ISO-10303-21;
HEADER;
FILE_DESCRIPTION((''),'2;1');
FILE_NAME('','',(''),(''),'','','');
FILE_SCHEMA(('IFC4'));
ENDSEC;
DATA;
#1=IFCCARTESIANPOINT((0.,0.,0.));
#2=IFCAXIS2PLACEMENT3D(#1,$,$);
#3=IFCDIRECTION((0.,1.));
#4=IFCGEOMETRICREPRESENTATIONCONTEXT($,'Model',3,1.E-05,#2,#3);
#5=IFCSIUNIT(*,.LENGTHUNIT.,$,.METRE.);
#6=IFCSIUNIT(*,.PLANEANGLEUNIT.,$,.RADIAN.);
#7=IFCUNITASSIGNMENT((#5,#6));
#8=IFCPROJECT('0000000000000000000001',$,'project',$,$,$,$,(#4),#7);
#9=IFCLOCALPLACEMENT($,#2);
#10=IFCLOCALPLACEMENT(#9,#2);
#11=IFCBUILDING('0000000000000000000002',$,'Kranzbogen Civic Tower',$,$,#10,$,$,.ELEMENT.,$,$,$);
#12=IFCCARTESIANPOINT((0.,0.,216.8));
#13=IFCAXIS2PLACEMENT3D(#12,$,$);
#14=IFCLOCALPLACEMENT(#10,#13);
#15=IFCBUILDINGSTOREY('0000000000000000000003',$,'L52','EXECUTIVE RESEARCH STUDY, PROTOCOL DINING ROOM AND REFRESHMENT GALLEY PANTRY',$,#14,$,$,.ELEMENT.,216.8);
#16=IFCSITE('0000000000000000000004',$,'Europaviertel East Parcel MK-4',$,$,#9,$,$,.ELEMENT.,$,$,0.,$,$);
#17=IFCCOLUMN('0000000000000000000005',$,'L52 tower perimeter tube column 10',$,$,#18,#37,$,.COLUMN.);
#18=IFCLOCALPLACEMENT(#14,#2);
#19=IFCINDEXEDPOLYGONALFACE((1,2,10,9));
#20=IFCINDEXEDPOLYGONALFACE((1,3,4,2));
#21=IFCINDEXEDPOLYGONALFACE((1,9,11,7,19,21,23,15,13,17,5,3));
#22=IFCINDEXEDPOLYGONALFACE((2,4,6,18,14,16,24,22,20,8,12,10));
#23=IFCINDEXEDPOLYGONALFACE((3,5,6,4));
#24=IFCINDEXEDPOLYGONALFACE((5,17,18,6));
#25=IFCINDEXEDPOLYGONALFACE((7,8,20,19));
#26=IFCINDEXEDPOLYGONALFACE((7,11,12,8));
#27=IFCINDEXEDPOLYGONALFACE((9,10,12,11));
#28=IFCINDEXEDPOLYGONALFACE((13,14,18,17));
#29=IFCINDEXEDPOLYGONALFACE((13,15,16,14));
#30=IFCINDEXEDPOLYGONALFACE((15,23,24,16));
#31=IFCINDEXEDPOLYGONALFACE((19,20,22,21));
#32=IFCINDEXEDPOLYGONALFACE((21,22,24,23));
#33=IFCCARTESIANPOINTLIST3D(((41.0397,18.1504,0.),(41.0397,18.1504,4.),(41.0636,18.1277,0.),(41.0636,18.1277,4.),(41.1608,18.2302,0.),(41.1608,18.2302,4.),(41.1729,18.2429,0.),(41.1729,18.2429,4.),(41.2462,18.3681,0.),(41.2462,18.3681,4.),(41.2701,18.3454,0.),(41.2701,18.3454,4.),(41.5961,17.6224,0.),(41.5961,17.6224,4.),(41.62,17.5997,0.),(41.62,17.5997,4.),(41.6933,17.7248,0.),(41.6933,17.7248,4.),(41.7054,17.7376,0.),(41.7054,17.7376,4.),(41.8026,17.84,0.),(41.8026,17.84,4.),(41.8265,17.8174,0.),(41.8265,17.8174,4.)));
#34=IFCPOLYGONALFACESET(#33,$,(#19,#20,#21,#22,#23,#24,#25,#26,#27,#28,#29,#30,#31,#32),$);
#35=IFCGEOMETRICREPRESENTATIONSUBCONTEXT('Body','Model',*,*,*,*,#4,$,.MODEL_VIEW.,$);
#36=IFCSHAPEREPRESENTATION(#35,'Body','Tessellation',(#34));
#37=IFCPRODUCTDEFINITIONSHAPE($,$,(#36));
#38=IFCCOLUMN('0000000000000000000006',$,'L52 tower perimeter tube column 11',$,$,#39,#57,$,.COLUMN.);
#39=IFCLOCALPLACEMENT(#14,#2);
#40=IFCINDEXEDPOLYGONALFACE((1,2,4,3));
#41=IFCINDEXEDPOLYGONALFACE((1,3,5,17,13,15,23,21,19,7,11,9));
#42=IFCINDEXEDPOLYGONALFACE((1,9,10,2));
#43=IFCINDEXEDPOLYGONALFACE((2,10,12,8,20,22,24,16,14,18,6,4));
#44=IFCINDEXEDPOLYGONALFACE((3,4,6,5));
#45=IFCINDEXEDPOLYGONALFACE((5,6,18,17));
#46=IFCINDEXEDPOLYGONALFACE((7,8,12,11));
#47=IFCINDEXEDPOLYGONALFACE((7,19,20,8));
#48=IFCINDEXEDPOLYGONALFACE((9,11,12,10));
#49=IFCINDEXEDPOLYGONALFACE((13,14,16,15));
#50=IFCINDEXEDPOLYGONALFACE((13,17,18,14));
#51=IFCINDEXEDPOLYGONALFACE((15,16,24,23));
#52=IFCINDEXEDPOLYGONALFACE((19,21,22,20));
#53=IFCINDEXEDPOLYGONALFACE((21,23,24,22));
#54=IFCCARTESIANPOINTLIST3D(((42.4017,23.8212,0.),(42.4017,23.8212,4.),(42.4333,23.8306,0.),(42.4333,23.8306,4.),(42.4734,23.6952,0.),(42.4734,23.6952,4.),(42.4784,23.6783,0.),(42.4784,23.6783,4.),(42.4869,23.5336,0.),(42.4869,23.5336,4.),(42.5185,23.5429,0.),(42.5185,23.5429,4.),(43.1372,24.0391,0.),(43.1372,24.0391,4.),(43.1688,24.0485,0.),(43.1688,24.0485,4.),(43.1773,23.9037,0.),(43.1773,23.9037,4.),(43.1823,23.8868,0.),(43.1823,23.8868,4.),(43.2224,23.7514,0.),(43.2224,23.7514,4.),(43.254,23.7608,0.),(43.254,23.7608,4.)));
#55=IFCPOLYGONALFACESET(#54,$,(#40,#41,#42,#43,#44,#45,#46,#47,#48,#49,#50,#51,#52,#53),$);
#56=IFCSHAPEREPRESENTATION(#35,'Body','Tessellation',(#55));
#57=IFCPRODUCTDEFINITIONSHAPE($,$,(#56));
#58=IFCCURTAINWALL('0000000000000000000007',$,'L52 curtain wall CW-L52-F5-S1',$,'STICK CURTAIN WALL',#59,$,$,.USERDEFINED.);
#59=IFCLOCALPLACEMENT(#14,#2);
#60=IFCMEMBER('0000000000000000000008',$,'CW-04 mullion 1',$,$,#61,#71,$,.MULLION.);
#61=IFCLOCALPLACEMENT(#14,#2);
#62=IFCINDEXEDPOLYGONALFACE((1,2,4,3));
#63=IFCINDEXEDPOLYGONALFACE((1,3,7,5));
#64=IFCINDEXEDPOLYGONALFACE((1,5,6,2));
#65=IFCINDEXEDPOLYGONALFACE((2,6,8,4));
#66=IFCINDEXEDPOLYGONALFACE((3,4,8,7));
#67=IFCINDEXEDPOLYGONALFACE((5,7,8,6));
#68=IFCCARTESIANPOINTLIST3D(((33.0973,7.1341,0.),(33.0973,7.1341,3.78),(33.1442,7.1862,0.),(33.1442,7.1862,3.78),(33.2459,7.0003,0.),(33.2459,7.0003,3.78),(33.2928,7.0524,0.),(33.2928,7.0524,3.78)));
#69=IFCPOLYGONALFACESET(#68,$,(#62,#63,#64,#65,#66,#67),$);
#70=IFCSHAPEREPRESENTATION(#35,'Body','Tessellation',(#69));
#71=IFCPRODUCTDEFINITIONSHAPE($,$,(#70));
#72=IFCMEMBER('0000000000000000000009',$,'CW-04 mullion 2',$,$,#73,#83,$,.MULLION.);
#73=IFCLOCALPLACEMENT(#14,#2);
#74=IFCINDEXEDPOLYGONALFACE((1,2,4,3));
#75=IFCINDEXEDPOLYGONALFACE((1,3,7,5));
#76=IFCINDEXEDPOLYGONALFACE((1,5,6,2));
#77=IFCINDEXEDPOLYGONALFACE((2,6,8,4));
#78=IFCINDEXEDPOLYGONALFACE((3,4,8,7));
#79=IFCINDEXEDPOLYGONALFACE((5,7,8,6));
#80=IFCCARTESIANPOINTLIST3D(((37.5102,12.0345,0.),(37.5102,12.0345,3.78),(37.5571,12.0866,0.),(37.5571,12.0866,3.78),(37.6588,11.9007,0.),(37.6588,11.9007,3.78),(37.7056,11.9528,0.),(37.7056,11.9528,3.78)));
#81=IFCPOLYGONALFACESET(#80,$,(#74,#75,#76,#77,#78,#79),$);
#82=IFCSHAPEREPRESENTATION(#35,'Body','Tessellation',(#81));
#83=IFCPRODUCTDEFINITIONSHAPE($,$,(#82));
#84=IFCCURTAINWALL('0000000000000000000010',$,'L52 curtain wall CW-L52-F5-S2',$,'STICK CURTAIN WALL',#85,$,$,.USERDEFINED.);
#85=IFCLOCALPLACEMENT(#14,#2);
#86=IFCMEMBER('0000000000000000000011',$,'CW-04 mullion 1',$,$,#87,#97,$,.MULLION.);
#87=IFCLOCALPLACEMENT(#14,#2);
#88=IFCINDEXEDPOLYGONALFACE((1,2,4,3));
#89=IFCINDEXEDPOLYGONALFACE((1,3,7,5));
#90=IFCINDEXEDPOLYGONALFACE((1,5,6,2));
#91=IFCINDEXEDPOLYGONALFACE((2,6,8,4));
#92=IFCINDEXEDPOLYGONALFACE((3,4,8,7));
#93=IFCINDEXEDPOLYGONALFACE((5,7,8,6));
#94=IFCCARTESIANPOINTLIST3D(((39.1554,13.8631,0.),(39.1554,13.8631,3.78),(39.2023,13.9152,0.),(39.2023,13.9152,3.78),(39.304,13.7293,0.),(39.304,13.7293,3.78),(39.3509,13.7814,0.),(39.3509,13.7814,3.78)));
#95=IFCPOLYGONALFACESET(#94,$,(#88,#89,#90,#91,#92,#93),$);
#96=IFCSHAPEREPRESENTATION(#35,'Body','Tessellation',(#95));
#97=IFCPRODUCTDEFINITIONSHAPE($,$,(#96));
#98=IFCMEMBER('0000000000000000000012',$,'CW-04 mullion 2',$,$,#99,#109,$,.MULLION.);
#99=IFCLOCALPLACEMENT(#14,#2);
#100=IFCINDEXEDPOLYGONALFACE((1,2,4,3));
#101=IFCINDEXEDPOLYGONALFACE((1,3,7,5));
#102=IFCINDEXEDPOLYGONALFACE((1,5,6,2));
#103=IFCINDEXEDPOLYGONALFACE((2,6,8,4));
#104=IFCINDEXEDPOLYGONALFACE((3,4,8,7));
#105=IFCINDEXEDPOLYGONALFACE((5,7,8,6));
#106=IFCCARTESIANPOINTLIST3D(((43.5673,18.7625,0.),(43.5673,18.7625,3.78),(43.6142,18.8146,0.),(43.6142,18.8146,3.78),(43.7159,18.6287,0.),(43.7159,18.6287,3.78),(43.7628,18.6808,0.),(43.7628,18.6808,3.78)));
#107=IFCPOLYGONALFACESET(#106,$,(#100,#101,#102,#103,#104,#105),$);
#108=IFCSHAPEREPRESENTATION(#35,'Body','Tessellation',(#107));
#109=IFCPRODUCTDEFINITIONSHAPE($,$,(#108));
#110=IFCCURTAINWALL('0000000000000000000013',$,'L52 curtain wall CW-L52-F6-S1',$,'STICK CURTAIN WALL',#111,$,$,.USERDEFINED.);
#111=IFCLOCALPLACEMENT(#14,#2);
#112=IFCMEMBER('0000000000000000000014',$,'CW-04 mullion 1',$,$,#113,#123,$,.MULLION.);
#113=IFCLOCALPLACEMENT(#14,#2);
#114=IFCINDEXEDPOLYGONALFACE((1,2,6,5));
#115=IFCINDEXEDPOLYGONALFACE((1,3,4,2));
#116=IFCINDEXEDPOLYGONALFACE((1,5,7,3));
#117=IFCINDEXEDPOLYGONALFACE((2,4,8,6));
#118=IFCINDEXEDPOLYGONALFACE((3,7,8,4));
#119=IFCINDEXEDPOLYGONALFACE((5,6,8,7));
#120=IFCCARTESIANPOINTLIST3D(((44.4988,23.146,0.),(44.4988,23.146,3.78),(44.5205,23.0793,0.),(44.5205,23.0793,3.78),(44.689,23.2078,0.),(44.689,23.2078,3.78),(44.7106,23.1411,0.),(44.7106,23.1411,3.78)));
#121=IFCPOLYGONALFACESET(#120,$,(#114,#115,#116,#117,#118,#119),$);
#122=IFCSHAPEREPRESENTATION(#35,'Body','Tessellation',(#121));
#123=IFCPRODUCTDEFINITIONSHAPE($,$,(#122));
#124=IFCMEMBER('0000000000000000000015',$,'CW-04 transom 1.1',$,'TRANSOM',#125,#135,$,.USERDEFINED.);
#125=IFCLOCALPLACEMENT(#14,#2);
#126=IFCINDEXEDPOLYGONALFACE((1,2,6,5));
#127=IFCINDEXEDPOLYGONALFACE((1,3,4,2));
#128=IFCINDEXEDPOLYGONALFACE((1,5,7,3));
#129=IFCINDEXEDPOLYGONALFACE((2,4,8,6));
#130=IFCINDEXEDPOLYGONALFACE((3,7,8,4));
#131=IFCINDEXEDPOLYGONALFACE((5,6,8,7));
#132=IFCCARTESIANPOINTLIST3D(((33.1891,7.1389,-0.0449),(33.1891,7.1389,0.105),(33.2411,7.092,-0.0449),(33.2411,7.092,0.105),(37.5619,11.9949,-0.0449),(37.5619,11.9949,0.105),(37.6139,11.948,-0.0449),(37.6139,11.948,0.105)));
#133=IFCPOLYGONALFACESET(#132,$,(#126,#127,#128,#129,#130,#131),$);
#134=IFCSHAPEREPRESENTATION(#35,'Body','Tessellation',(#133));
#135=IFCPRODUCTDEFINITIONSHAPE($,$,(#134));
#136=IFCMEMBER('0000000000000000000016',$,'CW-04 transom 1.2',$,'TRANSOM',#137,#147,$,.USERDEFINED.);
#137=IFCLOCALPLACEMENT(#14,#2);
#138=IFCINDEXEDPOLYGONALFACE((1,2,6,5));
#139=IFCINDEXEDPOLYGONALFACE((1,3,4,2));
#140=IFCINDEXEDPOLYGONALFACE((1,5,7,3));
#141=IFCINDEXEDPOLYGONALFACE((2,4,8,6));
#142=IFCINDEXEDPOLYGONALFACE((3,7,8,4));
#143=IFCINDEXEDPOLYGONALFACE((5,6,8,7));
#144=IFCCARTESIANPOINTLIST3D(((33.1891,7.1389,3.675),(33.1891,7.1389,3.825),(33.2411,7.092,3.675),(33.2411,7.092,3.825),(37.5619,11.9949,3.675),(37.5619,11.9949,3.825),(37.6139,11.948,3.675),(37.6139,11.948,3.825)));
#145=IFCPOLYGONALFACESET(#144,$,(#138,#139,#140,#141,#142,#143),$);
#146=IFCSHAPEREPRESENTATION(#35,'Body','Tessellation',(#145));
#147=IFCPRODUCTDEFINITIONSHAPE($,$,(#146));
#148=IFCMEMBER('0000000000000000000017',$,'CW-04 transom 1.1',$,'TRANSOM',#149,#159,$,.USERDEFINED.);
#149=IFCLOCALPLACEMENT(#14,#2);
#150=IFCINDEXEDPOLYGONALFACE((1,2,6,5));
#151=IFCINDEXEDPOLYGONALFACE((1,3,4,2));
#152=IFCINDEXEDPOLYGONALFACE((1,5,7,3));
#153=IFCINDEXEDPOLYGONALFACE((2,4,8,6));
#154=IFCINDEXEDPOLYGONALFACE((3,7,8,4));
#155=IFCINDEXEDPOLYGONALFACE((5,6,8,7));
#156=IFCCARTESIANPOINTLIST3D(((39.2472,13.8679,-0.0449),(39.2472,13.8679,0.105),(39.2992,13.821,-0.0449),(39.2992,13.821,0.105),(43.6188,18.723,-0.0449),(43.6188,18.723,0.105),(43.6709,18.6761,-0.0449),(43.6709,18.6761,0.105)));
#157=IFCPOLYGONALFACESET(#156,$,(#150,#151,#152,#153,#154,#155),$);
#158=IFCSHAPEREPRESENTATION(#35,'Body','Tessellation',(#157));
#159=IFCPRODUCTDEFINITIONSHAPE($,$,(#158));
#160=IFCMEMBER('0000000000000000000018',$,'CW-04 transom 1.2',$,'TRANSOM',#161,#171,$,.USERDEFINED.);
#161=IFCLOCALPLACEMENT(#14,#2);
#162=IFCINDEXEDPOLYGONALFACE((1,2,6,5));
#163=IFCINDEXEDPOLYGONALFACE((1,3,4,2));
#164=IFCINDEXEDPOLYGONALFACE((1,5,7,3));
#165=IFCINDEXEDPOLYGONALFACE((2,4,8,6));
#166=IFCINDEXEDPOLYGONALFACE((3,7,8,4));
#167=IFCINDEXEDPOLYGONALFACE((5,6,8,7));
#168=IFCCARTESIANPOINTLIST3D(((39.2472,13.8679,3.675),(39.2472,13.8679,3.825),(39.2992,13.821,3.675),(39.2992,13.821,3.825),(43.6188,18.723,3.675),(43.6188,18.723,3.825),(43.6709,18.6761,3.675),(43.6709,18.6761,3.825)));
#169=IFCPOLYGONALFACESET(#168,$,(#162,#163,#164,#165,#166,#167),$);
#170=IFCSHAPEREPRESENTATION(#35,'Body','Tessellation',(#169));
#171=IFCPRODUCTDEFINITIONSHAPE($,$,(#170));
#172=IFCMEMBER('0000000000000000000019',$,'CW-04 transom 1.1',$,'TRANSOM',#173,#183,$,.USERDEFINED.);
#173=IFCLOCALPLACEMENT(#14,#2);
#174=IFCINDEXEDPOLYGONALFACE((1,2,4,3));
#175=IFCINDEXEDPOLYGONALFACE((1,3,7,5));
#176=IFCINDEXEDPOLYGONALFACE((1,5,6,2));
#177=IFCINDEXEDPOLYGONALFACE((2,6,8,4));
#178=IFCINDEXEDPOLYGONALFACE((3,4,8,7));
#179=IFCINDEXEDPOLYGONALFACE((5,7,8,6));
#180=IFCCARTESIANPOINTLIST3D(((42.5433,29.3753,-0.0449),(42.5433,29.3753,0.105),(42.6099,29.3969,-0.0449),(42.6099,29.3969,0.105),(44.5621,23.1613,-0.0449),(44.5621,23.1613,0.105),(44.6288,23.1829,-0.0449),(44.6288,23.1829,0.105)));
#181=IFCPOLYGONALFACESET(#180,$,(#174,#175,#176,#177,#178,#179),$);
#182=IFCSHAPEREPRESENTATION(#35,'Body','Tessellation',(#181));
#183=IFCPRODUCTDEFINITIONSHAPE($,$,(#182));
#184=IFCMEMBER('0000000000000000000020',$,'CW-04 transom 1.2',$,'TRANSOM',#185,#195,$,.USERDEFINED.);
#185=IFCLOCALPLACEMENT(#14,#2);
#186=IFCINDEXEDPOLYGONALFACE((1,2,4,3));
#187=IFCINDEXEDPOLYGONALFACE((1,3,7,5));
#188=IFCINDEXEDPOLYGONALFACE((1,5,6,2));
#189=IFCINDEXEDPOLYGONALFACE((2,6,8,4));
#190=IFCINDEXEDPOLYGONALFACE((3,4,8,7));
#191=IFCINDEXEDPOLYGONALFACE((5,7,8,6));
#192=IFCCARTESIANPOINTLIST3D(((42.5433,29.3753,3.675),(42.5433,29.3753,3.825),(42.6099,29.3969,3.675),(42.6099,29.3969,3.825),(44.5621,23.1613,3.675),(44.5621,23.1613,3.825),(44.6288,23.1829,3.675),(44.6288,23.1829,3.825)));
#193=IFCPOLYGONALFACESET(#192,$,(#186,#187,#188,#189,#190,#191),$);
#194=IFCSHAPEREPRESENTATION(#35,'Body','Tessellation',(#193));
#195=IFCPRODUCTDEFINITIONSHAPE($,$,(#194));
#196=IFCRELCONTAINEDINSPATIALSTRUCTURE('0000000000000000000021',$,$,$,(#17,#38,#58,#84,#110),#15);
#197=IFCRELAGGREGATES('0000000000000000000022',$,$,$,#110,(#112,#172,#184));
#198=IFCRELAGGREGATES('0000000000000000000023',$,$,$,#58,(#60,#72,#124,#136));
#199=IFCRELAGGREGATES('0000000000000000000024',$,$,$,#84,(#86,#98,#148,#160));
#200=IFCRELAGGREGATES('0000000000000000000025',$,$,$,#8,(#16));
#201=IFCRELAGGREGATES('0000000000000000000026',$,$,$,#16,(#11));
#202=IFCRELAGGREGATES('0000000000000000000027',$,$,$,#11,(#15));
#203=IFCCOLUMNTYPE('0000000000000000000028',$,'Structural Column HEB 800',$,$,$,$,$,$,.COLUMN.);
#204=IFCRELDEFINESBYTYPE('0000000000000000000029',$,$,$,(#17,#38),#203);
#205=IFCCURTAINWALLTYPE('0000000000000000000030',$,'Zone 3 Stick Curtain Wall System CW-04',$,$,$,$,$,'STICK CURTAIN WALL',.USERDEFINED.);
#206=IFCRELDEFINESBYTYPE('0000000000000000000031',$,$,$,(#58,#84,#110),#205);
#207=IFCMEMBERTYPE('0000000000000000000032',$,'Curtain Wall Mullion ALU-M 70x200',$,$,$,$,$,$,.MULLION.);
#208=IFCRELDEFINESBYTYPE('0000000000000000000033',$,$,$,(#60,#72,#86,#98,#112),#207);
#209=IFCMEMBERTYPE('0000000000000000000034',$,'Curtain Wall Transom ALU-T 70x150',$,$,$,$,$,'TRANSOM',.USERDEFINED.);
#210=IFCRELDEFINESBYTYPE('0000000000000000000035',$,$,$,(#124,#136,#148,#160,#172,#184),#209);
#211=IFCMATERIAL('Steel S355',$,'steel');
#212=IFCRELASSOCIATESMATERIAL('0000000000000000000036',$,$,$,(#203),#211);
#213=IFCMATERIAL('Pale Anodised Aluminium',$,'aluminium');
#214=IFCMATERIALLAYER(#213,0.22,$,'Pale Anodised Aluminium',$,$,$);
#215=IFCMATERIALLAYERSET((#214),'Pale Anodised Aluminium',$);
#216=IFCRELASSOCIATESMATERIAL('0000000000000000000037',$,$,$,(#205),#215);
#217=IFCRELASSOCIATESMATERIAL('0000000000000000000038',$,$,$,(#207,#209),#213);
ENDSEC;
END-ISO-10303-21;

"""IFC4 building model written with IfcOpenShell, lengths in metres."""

from ifc_helpers import new_model, si_unit, direction, frame, origin, origin_2d, place, context, subcontext, project, spatial, rectangle, i_section, extrude, material, layer, layer_set, material_profile, profile_set, type_object, element, aggregate, save


model = new_model("IFC4")

# Units and contexts
model_context = context("Model", 3, precision=1e-05, world=origin(), true_north=direction((0.0, 1.0)))
body_context = subcontext(model_context, "Body", "Model", "MODEL_VIEW")
ifc_project = project(units=[si_unit("LENGTHUNIT", "METRE"), si_unit("PLANEANGLEUNIT", "RADIAN")], contexts=[model_context])

# Site, building, storey
site_placement = place(None, origin())
site = spatial("IfcSite", under=ifc_project, at=site_placement, Name="Europaviertel East Parcel MK-4", CompositionType="ELEMENT", RefElevation=0.0)
building_placement = place(site_placement, origin())
building = spatial("IfcBuilding", under=site, at=building_placement, Name="Kranzbogen Civic Tower", CompositionType="ELEMENT")
storey_placement = place(building_placement, frame((0.0, 0.0, 216.8)))
storey = spatial("IfcBuildingStorey", under=building, at=storey_placement, Name="L52", Description="EXECUTIVE RESEARCH STUDY, PROTOCOL DINING ROOM AND REFRESHMENT GALLEY PANTRY", CompositionType="ELEMENT", Elevation=216.8)

# Columns
ifc_material_1 = material(Name="Steel S355", Category="steel")
ifc_material_profile_1 = material_profile(ifc_material_1, i_section(OverallWidth=0.3, OverallDepth=0.8, WebThickness=0.0176, FlangeThickness=0.033, at=origin_2d()), Name="HEB 800")
ifc_profile_set_1 = profile_set([ifc_material_profile_1], Name="Steel S355")
column_type = type_object("IfcColumnType", Name="Structural Column HEB 800", PredefinedType="COLUMN", material=ifc_profile_set_1)
for number, where, z_axis, x_axis, name in (
    (1, (41.4331, 17.9839, 0.0), (0.0, 0.0, 1.0), (0.688355, 0.725374, 0.0), "L52 tower perimeter tube column 10"),
    (2, (42.8279, 23.791, 0.0), (0.0, 0.0, 1.0), (-0.284015, 0.95882, 0.0), "L52 tower perimeter tube column 11"),
):
    element("IfcColumn", number, at=place(storey_placement, frame(where, z_axis=z_axis, x_axis=x_axis)), inside=storey, type_object=column_type, Name=name, PredefinedType="COLUMN", context=body_context, shape_type="SweptSolid", body=[
        extrude(i_section(OverallWidth=0.3, OverallDepth=0.8, WebThickness=0.0176, FlangeThickness=0.033, at=origin_2d()), origin(), (0.0, 0.0, 1.0), 4.0),
    ])

# Curtain walls, members
ifc_material_2 = material(Name="Pale Anodised Aluminium", Category="aluminium")
ifc_layer_1 = layer(ifc_material_2, 0.22, Name="Pale Anodised Aluminium")
ifc_layer_set_1 = layer_set([ifc_layer_1], Name="Pale Anodised Aluminium")
curtain_wall_type = type_object("IfcCurtainWallType", Name="Zone 3 Stick Curtain Wall System CW-04", ElementType="STICK CURTAIN WALL", PredefinedType="USERDEFINED", material=ifc_layer_set_1)
curtain_wall_1_placement = place(storey_placement, origin())
curtain_wall_1 = element("IfcCurtainWall", 3, at=curtain_wall_1_placement, inside=storey, type_object=curtain_wall_type, Name="L52 curtain wall CW-L52-F5-S1", ObjectType="STICK CURTAIN WALL", PredefinedType="USERDEFINED")
ifc_material_profile_2 = material_profile(ifc_material_2, rectangle(XDim=0.0701, YDim=0.2, at=origin_2d()), Name="ALU-M 70x200")
ifc_profile_set_2 = profile_set([ifc_material_profile_2], Name="Pale Anodised Aluminium")
member_type_1 = type_object("IfcMemberType", Name="Curtain Wall Mullion ALU-M 70x200", PredefinedType="MULLION", material=ifc_profile_set_2)
member_1_placement = place(storey_placement, frame((33.1951, 7.0933, 0.0), z_axis=(0.0, 0.0, 1.0), x_axis=(0.669172, 0.743107, 0.0)))
member_1 = element("IfcMember", 4, at=member_1_placement, type_object=member_type_1, Name="CW-04 mullion 1", PredefinedType="MULLION", context=body_context, shape_type="SweptSolid", body=[
    extrude(rectangle(XDim=0.0701, YDim=0.2, at=origin_2d()), origin(), (0.0, 0.0, 1.0), 3.78),
])
member_2_placement = place(storey_placement, frame((37.6079, 11.9937, 0.0), z_axis=(0.0, 0.0, 1.0), x_axis=(0.669172, 0.743107, 0.0)))
member_2 = element("IfcMember", 5, at=member_2_placement, type_object=member_type_1, Name="CW-04 mullion 2", PredefinedType="MULLION", context=body_context, shape_type="SweptSolid", body=[
    extrude(rectangle(XDim=0.0701, YDim=0.2, at=origin_2d()), origin(), (0.0, 0.0, 1.0), 3.78),
])
curtain_wall_2_placement = place(storey_placement, origin())
curtain_wall_2 = element("IfcCurtainWall", 6, at=curtain_wall_2_placement, inside=storey, type_object=curtain_wall_type, Name="L52 curtain wall CW-L52-F5-S2", ObjectType="STICK CURTAIN WALL", PredefinedType="USERDEFINED")
member_3_placement = place(storey_placement, frame((39.2532, 13.8223, 0.0), z_axis=(0.0, 0.0, 1.0), x_axis=(0.669164, 0.743115, 0.0)))
member_3 = element("IfcMember", 7, at=member_3_placement, type_object=member_type_1, Name="CW-04 mullion 1", PredefinedType="MULLION", context=body_context, shape_type="SweptSolid", body=[
    extrude(rectangle(XDim=0.0701, YDim=0.2, at=origin_2d()), origin(), (0.0, 0.0, 1.0), 3.78),
])
member_4_placement = place(storey_placement, frame((43.665, 18.7217, 0.0), z_axis=(0.0, 0.0, 1.0), x_axis=(0.669164, 0.743115, 0.0)))
member_4 = element("IfcMember", 8, at=member_4_placement, type_object=member_type_1, Name="CW-04 mullion 2", PredefinedType="MULLION", context=body_context, shape_type="SweptSolid", body=[
    extrude(rectangle(XDim=0.0701, YDim=0.2, at=origin_2d()), origin(), (0.0, 0.0, 1.0), 3.78),
])

# Curtain wall, member
curtain_wall_3_placement = place(storey_placement, origin())
curtain_wall_3 = element("IfcCurtainWall", 9, at=curtain_wall_3_placement, inside=storey, type_object=curtain_wall_type, Name="L52 curtain wall CW-L52-F6-S1", ObjectType="STICK CURTAIN WALL", PredefinedType="USERDEFINED")
member_5_placement = place(storey_placement, frame((44.6047, 23.1436, 0.0), z_axis=(0.0, 0.0, 1.0), x_axis=(-0.309005, 0.951061, 0.0)))
member_5 = element("IfcMember", 10, at=member_5_placement, type_object=member_type_1, Name="CW-04 mullion 1", PredefinedType="MULLION", context=body_context, shape_type="SweptSolid", body=[
    extrude(rectangle(XDim=0.0701, YDim=0.2, at=origin_2d()), origin(), (0.0, 0.0, 1.0), 3.78),
])

# Members
ifc_material_profile_3 = material_profile(ifc_material_2, rectangle(XDim=0.0701, YDim=0.1499, at=origin_2d()), Name="ALU-T 70x150")
ifc_profile_set_3 = profile_set([ifc_material_profile_3], Name="Pale Anodised Aluminium")
member_type_2 = type_object("IfcMemberType", Name="Curtain Wall Transom ALU-T 70x150", ElementType="TRANSOM", PredefinedType="USERDEFINED", material=ifc_profile_set_3)
member_6_placement = place(storey_placement, frame((33.2151, 7.1155, 0.03), z_axis=(0.669171, 0.743108, 0.0), x_axis=(-0.743108, 0.669171, 0.0)))
member_6 = element("IfcMember", 11, at=member_6_placement, type_object=member_type_2, Name="CW-04 transom 1.1", ObjectType="TRANSOM", PredefinedType="USERDEFINED", context=body_context, shape_type="SweptSolid", body=[
    extrude(rectangle(XDim=0.0701, YDim=0.1499, at=origin_2d()), origin(), (0.0, 0.0, 1.0), 6.5347),
])
member_7_placement = place(storey_placement, frame((33.2151, 7.1155, 3.75), z_axis=(0.669171, 0.743108, 0.0), x_axis=(-0.743108, 0.669171, 0.0)))
member_7 = element("IfcMember", 12, at=member_7_placement, type_object=member_type_2, Name="CW-04 transom 1.2", ObjectType="TRANSOM", PredefinedType="USERDEFINED", context=body_context, shape_type="SweptSolid", body=[
    extrude(rectangle(XDim=0.0701, YDim=0.1499, at=origin_2d()), origin(), (0.0, 0.0, 1.0), 6.5347),
])
member_8_placement = place(storey_placement, frame((39.2732, 13.8445, 0.03), z_axis=(0.669142, 0.743134, 0.0), x_axis=(-0.743134, 0.669142, 0.0)))
member_8 = element("IfcMember", 13, at=member_8_placement, type_object=member_type_2, Name="CW-04 transom 1.1", ObjectType="TRANSOM", PredefinedType="USERDEFINED", context=body_context, shape_type="SweptSolid", body=[
    extrude(rectangle(XDim=0.0701, YDim=0.1499, at=origin_2d()), origin(), (0.0, 0.0, 1.0), 6.5332),
])
member_9_placement = place(storey_placement, frame((39.2732, 13.8445, 3.75), z_axis=(0.669142, 0.743134, 0.0), x_axis=(-0.743134, 0.669142, 0.0)))
member_9 = element("IfcMember", 14, at=member_9_placement, type_object=member_type_2, Name="CW-04 transom 1.2", ObjectType="TRANSOM", PredefinedType="USERDEFINED", context=body_context, shape_type="SweptSolid", body=[
    extrude(rectangle(XDim=0.0701, YDim=0.1499, at=origin_2d()), origin(), (0.0, 0.0, 1.0), 6.5332),
])
member_10_placement = place(storey_placement, frame((44.5955, 23.1721, 0.03), z_axis=(-0.308988, 0.951066, 0.0), x_axis=(-0.951066, -0.308988, 0.0)))
member_10 = element("IfcMember", 15, at=member_10_placement, type_object=member_type_2, Name="CW-04 transom 1.1", ObjectType="TRANSOM", PredefinedType="USERDEFINED", context=body_context, shape_type="SweptSolid", body=[
    extrude(rectangle(XDim=0.0701, YDim=0.1499, at=origin_2d()), origin(), (0.0, 0.0, 1.0), 6.5337),
])
member_11_placement = place(storey_placement, frame((44.5955, 23.1721, 3.75), z_axis=(-0.308988, 0.951066, 0.0), x_axis=(-0.951066, -0.308988, 0.0)))
member_11 = element("IfcMember", 16, at=member_11_placement, type_object=member_type_2, Name="CW-04 transom 1.2", ObjectType="TRANSOM", PredefinedType="USERDEFINED", context=body_context, shape_type="SweptSolid", body=[
    extrude(rectangle(XDim=0.0701, YDim=0.1499, at=origin_2d()), origin(), (0.0, 0.0, 1.0), 6.5337),
])
aggregate(curtain_wall_3, [member_5, member_10, member_11])

aggregate(curtain_wall_1, [member_1, member_2, member_6, member_7])
aggregate(curtain_wall_2, [member_3, member_4, member_8, member_9])

save(model, "model.ifc")
